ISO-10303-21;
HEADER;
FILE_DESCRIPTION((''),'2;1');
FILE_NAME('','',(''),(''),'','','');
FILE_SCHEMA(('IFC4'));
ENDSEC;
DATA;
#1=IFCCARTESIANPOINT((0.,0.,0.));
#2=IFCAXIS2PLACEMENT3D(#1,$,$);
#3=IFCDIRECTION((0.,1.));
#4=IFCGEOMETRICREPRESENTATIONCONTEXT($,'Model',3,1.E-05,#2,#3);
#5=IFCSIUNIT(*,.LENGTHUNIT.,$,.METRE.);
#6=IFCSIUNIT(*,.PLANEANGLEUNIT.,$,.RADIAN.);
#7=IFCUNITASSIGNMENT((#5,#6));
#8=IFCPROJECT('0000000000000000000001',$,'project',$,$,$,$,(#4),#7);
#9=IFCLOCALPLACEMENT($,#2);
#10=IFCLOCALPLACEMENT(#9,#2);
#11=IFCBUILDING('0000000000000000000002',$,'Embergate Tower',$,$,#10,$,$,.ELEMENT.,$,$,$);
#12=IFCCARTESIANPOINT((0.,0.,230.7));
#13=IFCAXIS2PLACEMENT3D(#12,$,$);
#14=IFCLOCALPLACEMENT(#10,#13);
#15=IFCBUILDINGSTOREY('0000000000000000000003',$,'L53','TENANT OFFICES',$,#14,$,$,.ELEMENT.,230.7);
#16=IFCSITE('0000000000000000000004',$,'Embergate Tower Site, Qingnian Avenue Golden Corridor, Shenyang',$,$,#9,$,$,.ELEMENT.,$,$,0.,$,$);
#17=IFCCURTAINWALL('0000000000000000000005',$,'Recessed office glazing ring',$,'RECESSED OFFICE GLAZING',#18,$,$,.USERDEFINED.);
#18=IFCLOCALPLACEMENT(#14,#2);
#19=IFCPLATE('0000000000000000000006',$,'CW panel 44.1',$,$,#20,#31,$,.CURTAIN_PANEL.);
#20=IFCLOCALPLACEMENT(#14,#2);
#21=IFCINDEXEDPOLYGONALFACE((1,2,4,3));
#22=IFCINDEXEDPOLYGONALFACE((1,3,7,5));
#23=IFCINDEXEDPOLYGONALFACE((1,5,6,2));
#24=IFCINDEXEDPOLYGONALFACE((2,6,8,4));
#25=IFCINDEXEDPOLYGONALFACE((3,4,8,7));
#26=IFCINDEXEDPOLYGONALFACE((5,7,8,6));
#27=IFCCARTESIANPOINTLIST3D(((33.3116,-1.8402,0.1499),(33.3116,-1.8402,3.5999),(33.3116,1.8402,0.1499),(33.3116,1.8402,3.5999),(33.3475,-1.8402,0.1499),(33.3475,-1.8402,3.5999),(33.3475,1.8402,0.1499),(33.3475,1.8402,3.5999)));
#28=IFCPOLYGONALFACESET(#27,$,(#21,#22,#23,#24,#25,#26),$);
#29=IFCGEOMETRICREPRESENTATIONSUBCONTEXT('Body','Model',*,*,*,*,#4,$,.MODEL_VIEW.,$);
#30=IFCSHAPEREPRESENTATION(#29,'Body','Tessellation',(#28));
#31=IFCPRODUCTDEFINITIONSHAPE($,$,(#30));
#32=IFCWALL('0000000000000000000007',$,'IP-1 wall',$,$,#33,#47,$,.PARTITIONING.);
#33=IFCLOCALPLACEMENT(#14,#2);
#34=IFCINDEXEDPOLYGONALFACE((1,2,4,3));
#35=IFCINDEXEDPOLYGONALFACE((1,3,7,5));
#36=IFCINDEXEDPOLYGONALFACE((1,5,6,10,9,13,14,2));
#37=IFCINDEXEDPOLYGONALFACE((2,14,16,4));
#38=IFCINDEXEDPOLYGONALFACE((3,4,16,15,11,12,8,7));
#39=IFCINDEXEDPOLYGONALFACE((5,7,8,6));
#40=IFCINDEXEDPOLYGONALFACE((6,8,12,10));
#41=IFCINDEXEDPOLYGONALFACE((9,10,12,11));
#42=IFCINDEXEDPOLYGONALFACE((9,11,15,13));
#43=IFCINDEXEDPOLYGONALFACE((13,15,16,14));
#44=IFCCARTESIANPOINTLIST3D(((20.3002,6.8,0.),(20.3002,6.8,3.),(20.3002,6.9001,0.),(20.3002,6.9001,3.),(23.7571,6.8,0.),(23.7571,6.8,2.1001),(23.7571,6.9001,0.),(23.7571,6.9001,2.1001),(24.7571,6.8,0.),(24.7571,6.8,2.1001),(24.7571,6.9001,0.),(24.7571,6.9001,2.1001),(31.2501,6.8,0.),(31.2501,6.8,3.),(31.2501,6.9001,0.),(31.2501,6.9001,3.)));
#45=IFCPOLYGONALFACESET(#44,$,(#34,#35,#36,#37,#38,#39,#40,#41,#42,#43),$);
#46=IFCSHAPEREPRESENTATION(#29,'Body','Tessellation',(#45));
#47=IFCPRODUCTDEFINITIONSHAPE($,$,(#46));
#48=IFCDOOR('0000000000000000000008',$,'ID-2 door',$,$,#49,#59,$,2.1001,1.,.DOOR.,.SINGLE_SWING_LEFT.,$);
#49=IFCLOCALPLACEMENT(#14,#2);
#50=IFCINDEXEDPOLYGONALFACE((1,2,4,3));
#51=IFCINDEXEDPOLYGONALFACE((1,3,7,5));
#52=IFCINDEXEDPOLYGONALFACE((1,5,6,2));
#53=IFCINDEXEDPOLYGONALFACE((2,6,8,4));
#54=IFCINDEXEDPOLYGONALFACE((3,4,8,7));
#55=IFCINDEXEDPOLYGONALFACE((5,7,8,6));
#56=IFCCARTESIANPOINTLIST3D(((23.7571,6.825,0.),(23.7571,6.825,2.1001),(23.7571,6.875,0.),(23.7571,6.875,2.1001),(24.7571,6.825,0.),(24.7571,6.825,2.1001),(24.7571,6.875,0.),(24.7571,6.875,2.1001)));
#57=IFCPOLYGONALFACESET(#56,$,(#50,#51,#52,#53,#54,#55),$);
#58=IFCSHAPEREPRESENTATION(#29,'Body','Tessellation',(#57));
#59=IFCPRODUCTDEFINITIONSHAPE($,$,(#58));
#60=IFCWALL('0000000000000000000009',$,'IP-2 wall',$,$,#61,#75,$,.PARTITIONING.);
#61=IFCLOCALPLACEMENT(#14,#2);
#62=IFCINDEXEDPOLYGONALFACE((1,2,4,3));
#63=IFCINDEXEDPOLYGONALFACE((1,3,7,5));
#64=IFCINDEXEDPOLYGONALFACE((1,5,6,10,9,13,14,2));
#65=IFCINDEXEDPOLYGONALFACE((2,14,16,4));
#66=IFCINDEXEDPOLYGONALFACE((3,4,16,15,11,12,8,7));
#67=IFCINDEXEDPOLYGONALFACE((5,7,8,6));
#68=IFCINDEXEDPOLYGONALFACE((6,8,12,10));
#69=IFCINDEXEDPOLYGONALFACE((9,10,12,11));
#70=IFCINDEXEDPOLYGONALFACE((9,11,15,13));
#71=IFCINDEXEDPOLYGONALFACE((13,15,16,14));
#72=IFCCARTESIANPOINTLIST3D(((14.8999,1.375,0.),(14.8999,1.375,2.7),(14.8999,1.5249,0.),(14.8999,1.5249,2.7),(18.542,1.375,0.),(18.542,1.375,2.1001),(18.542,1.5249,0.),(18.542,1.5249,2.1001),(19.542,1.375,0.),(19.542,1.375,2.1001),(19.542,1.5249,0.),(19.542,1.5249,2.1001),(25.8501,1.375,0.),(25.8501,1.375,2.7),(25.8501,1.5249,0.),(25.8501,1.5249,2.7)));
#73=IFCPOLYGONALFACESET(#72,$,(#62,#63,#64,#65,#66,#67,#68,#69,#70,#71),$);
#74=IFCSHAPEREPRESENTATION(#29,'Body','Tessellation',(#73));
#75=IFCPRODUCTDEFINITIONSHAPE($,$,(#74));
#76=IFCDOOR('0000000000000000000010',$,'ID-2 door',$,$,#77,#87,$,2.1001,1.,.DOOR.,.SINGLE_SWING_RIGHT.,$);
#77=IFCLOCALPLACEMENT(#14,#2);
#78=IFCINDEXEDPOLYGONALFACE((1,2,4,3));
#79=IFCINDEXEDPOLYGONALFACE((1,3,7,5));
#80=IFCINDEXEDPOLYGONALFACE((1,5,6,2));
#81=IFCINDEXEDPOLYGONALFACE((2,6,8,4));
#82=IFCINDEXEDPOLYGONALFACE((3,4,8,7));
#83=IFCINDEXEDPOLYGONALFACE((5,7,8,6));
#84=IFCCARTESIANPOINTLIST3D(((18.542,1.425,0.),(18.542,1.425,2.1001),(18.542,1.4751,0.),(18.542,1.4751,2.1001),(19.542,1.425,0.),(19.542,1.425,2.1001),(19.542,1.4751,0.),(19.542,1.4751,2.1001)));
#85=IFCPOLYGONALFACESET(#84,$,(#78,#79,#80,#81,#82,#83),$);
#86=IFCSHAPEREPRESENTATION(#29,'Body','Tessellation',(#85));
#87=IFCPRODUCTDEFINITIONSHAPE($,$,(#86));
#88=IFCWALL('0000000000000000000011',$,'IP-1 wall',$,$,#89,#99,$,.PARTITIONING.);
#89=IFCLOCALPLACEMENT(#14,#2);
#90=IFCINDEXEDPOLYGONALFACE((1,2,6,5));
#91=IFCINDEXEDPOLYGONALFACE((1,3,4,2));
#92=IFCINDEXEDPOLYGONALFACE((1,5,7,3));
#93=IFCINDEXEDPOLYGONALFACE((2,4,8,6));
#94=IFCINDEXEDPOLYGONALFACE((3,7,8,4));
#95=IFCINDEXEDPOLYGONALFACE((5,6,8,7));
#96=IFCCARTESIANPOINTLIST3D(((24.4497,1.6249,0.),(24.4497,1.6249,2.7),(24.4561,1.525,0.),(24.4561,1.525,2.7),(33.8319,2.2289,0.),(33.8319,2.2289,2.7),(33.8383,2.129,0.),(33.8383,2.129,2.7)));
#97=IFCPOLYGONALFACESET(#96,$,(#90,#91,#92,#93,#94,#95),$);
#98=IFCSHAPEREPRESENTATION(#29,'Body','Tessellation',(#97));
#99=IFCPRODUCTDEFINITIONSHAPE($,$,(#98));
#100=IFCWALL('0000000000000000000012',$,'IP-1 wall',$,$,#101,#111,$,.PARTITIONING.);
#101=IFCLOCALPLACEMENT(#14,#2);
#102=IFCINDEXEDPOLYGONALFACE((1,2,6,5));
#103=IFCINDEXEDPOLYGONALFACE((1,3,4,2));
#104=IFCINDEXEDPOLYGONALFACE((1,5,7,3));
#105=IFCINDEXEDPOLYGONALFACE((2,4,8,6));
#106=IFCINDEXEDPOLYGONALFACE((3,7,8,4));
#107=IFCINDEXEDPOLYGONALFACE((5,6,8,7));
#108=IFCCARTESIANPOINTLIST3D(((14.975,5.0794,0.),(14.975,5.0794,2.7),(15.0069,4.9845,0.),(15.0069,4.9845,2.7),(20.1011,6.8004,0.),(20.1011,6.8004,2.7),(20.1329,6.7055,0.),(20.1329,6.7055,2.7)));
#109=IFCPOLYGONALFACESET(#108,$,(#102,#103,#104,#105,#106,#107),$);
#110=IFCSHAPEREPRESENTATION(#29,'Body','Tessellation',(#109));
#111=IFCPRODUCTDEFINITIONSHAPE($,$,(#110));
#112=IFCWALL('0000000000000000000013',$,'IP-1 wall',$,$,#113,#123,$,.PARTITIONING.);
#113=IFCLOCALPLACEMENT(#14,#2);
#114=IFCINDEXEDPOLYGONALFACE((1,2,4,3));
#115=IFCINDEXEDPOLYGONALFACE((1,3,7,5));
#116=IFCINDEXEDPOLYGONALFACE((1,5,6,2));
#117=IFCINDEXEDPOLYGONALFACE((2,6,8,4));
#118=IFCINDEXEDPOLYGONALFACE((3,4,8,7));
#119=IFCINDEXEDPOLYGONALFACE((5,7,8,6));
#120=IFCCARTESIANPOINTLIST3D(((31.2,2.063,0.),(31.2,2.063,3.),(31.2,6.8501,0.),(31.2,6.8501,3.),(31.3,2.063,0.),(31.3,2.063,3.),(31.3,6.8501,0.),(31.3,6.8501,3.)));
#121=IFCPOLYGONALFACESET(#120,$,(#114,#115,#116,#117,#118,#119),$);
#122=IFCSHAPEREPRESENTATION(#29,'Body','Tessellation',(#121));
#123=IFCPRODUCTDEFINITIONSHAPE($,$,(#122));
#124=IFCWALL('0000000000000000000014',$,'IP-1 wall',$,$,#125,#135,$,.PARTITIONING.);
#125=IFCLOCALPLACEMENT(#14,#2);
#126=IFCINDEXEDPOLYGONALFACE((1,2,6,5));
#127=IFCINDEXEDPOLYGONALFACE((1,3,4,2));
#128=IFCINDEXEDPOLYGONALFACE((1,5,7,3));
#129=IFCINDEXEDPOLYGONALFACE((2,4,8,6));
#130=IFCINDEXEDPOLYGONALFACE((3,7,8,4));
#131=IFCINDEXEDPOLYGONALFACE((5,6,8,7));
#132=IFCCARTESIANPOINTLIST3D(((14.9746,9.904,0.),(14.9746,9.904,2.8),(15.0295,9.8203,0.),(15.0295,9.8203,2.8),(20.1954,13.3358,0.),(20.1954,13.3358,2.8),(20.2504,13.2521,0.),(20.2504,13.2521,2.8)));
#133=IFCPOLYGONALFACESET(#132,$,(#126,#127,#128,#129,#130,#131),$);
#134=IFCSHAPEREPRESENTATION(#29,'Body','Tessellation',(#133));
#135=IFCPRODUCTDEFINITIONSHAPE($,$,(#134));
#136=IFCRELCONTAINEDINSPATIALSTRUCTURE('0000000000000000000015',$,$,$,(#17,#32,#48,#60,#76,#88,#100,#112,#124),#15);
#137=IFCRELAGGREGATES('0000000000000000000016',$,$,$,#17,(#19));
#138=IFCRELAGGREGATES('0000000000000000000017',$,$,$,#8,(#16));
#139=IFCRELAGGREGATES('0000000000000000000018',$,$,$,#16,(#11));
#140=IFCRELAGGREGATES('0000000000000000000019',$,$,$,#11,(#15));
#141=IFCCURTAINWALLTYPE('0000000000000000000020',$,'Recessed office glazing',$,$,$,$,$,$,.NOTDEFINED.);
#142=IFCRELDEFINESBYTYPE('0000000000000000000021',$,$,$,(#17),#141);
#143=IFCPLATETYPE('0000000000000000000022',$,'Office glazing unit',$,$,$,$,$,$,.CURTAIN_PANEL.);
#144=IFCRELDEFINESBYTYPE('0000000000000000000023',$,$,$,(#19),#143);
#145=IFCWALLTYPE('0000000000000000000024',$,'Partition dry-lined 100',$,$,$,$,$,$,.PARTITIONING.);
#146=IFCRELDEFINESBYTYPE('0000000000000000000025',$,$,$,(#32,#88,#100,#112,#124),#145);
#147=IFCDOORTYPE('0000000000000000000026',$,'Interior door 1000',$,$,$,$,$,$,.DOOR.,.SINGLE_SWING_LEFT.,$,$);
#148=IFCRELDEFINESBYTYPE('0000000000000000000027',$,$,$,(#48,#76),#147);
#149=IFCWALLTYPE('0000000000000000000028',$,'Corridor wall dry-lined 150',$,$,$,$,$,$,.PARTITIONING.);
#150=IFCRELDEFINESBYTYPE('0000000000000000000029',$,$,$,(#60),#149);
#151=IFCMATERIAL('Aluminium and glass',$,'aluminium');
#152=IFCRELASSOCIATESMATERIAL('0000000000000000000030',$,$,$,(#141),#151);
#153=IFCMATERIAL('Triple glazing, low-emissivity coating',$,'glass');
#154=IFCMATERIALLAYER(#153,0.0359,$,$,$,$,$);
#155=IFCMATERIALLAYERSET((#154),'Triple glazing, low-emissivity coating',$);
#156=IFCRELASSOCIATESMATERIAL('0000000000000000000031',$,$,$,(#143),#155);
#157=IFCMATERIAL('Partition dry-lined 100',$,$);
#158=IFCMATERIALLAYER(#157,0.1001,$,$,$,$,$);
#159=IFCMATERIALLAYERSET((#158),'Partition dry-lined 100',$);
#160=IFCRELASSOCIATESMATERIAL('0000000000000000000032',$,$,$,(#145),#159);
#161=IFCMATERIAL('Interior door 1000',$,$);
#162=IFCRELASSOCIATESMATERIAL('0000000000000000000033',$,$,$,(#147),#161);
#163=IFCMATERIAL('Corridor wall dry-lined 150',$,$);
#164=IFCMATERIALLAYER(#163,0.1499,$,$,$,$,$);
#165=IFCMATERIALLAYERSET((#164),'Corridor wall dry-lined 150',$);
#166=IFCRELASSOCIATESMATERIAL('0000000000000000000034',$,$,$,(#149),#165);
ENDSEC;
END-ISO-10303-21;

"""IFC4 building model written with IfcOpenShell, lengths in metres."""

from ifc_helpers import new_model, si_unit, direction, frame, frame_2d, origin, origin_2d, place, context, subcontext, project, spatial, rectangle, extrude, source, transform, mapped, material, layer, layer_set, type_object, element, fill, aggregate, save


model = new_model("IFC4")

# Units and contexts
model_context = context("Model", 3, precision=1e-05, world=origin(), true_north=direction((0.0, 1.0)))
body_context = subcontext(model_context, "Body", "Model", "MODEL_VIEW")
ifc_project = project(units=[si_unit("LENGTHUNIT", "METRE"), si_unit("PLANEANGLEUNIT", "RADIAN")], contexts=[model_context])

# Site, building, storey
site_placement = place(None, origin())
site = spatial("IfcSite", under=ifc_project, at=site_placement, Name="Embergate Tower Site, Qingnian Avenue Golden Corridor, Shenyang", CompositionType="ELEMENT", RefElevation=0.0)
building_placement = place(site_placement, origin())
building = spatial("IfcBuilding", under=site, at=building_placement, Name="Embergate Tower", CompositionType="ELEMENT")
storey_placement = place(building_placement, frame((0.0, 0.0, 230.7)))
storey = spatial("IfcBuildingStorey", under=building, at=storey_placement, Name="L53", Description="TENANT OFFICES", CompositionType="ELEMENT", Elevation=230.7)

# Curtain wall, plate
ifc_material_1 = material(Name="Aluminium and glass", Category="aluminium")
curtain_wall_type = type_object("IfcCurtainWallType", Name="Recessed office glazing", PredefinedType="NOTDEFINED", material=ifc_material_1)
curtain_wall_placement = place(storey_placement, origin())
curtain_wall = element("IfcCurtainWall", 1, at=curtain_wall_placement, inside=storey, type_object=curtain_wall_type, Name="Recessed office glazing ring", ObjectType="RECESSED OFFICE GLAZING", PredefinedType="USERDEFINED")
ifc_material_2 = material(Name="Triple glazing, low-emissivity coating", Category="glass")
ifc_layer_1 = layer(ifc_material_2, 0.0359)
ifc_layer_set_1 = layer_set([ifc_layer_1], Name="Triple glazing, low-emissivity coating")
plate_type = type_object("IfcPlateType", Name="Office glazing unit", PredefinedType="CURTAIN_PANEL", material=ifc_layer_set_1)
shared_shape_1 = source(origin(), body_context, "Body", "SweptSolid", [
    extrude(rectangle(XDim=3.6804, YDim=0.0359, at=origin_2d()), origin(), (0.0, 0.0, 1.0), 3.45),
])
plate_1_placement = place(storey_placement, frame((33.3296, 0.0, 0.1499), z_axis=(0.0, 0.0, 1.0), x_axis=(0.0, 1.0, 0.0)))
plate_1 = element("IfcPlate", 2, at=plate_1_placement, type_object=plate_type, Name="CW panel 44.1", PredefinedType="CURTAIN_PANEL", context=body_context, shape_type="MappedRepresentation", body=[
    mapped(shared_shape_1, transform((0.0, 0.0, 0.0))),
])
aggregate(curtain_wall, [plate_1])

# Walls, openings, doors
ifc_material_3 = material(Name="Partition dry-lined 100")
ifc_layer_2 = layer(ifc_material_3, 0.1001)
ifc_layer_set_2 = layer_set([ifc_layer_2], Name="Partition dry-lined 100")
wall_type_1 = type_object("IfcWallType", Name="Partition dry-lined 100", PredefinedType="PARTITIONING", material=ifc_layer_set_2)
shared_shape_2 = source(origin(), body_context, "Body", "SweptSolid", [
    extrude(rectangle(XDim=10.95, YDim=0.1001, at=frame_2d((5.4751, 0.0))), origin(), (0.0, 0.0, 1.0), 3.0),
])
wall_1_placement = place(storey_placement, frame((20.3, 6.8501, 0.0), z_axis=(0.0, 0.0, 1.0), x_axis=(1.0, 0.0, 0.0)))
wall_1 = element("IfcWall", 3, at=wall_1_placement, inside=storey, type_object=wall_type_1, Name="IP-1 wall", PredefinedType="PARTITIONING", context=body_context, shape_type="MappedRepresentation", body=[
    mapped(shared_shape_2, transform((0.0, 0.0, 0.0))),
])
shared_shape_3 = source(origin(), body_context, "Body", "SweptSolid", [
    extrude(rectangle(XDim=1.0, YDim=2.1001, at=frame_2d((0.5, 1.05))), frame((0.0, 0.0601, 0.0), z_axis=(0.0, -1.0, 0.0), x_axis=(1.0, 0.0, 0.0)), (0.0, 0.0, 1.0), 0.1201),
])
opening_1_placement = place(wall_1_placement, frame((3.457, 0.0, 0.0)))
opening_1 = element("IfcOpeningElement", 4, at=opening_1_placement, cuts=wall_1, PredefinedType="OPENING", context=body_context, shape_type="MappedRepresentation", body=[
    mapped(shared_shape_3, transform((0.0, 0.0, 0.0))),
])
ifc_material_4 = material(Name="Interior door 1000")
door_type = type_object("IfcDoorType", Name="Interior door 1000", OperationType="SINGLE_SWING_LEFT", PredefinedType="DOOR", material=ifc_material_4)
shared_shape_4 = source(origin(), body_context, "Body", "SweptSolid", [
    extrude(rectangle(XDim=1.0, YDim=2.1001, at=frame_2d((0.5, 1.05))), frame((0.0, 0.0249, 0.0), z_axis=(0.0, -1.0, 0.0), x_axis=(1.0, 0.0, 0.0)), (0.0, 0.0, 1.0), 0.05),
])
door_1_placement = place(opening_1_placement, origin())
door_1 = element("IfcDoor", 5, at=door_1_placement, inside=storey, type_object=door_type, Name="ID-2 door", OperationType="SINGLE_SWING_LEFT", OverallHeight=2.1001, OverallWidth=1.0, PredefinedType="DOOR", context=body_context, shape_type="MappedRepresentation", body=[
    mapped(shared_shape_4, transform((0.0, 0.0, 0.0))),
])
fill(opening_1, door_1)
ifc_material_5 = material(Name="Corridor wall dry-lined 150")
ifc_layer_3 = layer(ifc_material_5, 0.1499)
ifc_layer_set_3 = layer_set([ifc_layer_3], Name="Corridor wall dry-lined 150")
wall_type_2 = type_object("IfcWallType", Name="Corridor wall dry-lined 150", PredefinedType="PARTITIONING", material=ifc_layer_set_3)
shared_shape_5 = source(origin(), body_context, "Body", "SweptSolid", [
    extrude(rectangle(XDim=10.9502, YDim=0.1499, at=frame_2d((5.4751, 0.0))), origin(), (0.0, 0.0, 1.0), 2.7),
])
wall_2_placement = place(storey_placement, frame((25.8501, 1.45, 0.0), z_axis=(0.0, 0.0, 1.0), x_axis=(-1.0, 0.0, 0.0)))
wall_2 = element("IfcWall", 6, at=wall_2_placement, inside=storey, type_object=wall_type_2, Name="IP-2 wall", PredefinedType="PARTITIONING", context=body_context, shape_type="MappedRepresentation", body=[
    mapped(shared_shape_5, transform((0.0, 0.0, 0.0))),
])
shared_shape_6 = source(origin(), body_context, "Body", "SweptSolid", [
    extrude(rectangle(XDim=1.0, YDim=2.1001, at=frame_2d((0.5, 1.05))), frame((0.0, 0.085, 0.0), z_axis=(0.0, -1.0, 0.0), x_axis=(1.0, 0.0, 0.0)), (0.0, 0.0, 1.0), 0.1699),
])
opening_2_placement = place(wall_2_placement, frame((6.3081, 0.0, 0.0)))
opening_2 = element("IfcOpeningElement", 7, at=opening_2_placement, cuts=wall_2, PredefinedType="OPENING", context=body_context, shape_type="MappedRepresentation", body=[
    mapped(shared_shape_6, transform((0.0, 0.0, 0.0))),
])
door_2_placement = place(opening_2_placement, origin())
door_2 = element("IfcDoor", 8, at=door_2_placement, inside=storey, type_object=door_type, Name="ID-2 door", OperationType="SINGLE_SWING_RIGHT", OverallHeight=2.1001, OverallWidth=1.0, PredefinedType="DOOR", context=body_context, shape_type="MappedRepresentation", body=[
    mapped(shared_shape_4, transform((0.0, 0.0, 0.0))),
])
fill(opening_2, door_2)

# Walls
shared_shape_7 = source(origin(), body_context, "Body", "SweptSolid", [
    extrude(rectangle(XDim=9.4016, YDim=0.1001, at=frame_2d((4.7007, 0.0))), origin(), (0.0, 0.0, 1.0), 2.7),
])
wall_3_placement = place(storey_placement, frame((33.835, 2.179, 0.0), z_axis=(0.0, 0.0, 1.0), x_axis=(-0.997934, -0.064245, 0.0)))
element("IfcWall", 9, at=wall_3_placement, inside=storey, type_object=wall_type_1, Name="IP-1 wall", PredefinedType="PARTITIONING", context=body_context, shape_type="MappedRepresentation", body=[
    mapped(shared_shape_7, transform((0.0, 0.0, 0.0))),
])
shared_shape_8 = source(origin(), body_context, "Body", "SweptSolid", [
    extrude(rectangle(XDim=5.4072, YDim=0.1001, at=frame_2d((2.7036, 0.0))), origin(), (0.0, 0.0, 1.0), 2.7),
])
wall_4_placement = place(storey_placement, frame((14.991, 5.032, 0.0), z_axis=(0.0, 0.0, 1.0), x_axis=(0.947999, 0.318272, 0.0)))
element("IfcWall", 10, at=wall_4_placement, inside=storey, type_object=wall_type_1, Name="IP-1 wall", PredefinedType="PARTITIONING", context=body_context, shape_type="MappedRepresentation", body=[
    mapped(shared_shape_8, transform((0.0, 0.0, 0.0))),
])
shared_shape_9 = source(origin(), body_context, "Body", "SweptSolid", [
    extrude(rectangle(XDim=4.7871, YDim=0.1001, at=frame_2d((2.3936, 0.0))), origin(), (0.0, 0.0, 1.0), 3.0),
])
wall_5_placement = place(storey_placement, frame((31.25, 6.8501, 0.0), z_axis=(0.0, 0.0, 1.0), x_axis=(0.0, -1.0, 0.0)))
element("IfcWall", 11, at=wall_5_placement, inside=storey, type_object=wall_type_1, Name="IP-1 wall", PredefinedType="PARTITIONING", context=body_context, shape_type="MappedRepresentation", body=[
    mapped(shared_shape_9, transform((0.0, 0.0, 0.0))),
])
shared_shape_10 = source(origin(), body_context, "Body", "SweptSolid", [
    extrude(rectangle(XDim=6.2478, YDim=0.1001, at=frame_2d((3.124, 0.0))), origin(), (0.0, 0.0, 1.0), 2.8),
])
wall_6_placement = place(storey_placement, frame((15.002, 9.8621, 0.0), z_axis=(0.0, 0.0, 1.0), x_axis=(0.835634, 0.549287, 0.0)))
element("IfcWall", 12, at=wall_6_placement, inside=storey, type_object=wall_type_1, Name="IP-1 wall", PredefinedType="PARTITIONING", context=body_context, shape_type="MappedRepresentation", body=[
    mapped(shared_shape_10, transform((0.0, 0.0, 0.0))),
])

save(model, "model.ifc")
